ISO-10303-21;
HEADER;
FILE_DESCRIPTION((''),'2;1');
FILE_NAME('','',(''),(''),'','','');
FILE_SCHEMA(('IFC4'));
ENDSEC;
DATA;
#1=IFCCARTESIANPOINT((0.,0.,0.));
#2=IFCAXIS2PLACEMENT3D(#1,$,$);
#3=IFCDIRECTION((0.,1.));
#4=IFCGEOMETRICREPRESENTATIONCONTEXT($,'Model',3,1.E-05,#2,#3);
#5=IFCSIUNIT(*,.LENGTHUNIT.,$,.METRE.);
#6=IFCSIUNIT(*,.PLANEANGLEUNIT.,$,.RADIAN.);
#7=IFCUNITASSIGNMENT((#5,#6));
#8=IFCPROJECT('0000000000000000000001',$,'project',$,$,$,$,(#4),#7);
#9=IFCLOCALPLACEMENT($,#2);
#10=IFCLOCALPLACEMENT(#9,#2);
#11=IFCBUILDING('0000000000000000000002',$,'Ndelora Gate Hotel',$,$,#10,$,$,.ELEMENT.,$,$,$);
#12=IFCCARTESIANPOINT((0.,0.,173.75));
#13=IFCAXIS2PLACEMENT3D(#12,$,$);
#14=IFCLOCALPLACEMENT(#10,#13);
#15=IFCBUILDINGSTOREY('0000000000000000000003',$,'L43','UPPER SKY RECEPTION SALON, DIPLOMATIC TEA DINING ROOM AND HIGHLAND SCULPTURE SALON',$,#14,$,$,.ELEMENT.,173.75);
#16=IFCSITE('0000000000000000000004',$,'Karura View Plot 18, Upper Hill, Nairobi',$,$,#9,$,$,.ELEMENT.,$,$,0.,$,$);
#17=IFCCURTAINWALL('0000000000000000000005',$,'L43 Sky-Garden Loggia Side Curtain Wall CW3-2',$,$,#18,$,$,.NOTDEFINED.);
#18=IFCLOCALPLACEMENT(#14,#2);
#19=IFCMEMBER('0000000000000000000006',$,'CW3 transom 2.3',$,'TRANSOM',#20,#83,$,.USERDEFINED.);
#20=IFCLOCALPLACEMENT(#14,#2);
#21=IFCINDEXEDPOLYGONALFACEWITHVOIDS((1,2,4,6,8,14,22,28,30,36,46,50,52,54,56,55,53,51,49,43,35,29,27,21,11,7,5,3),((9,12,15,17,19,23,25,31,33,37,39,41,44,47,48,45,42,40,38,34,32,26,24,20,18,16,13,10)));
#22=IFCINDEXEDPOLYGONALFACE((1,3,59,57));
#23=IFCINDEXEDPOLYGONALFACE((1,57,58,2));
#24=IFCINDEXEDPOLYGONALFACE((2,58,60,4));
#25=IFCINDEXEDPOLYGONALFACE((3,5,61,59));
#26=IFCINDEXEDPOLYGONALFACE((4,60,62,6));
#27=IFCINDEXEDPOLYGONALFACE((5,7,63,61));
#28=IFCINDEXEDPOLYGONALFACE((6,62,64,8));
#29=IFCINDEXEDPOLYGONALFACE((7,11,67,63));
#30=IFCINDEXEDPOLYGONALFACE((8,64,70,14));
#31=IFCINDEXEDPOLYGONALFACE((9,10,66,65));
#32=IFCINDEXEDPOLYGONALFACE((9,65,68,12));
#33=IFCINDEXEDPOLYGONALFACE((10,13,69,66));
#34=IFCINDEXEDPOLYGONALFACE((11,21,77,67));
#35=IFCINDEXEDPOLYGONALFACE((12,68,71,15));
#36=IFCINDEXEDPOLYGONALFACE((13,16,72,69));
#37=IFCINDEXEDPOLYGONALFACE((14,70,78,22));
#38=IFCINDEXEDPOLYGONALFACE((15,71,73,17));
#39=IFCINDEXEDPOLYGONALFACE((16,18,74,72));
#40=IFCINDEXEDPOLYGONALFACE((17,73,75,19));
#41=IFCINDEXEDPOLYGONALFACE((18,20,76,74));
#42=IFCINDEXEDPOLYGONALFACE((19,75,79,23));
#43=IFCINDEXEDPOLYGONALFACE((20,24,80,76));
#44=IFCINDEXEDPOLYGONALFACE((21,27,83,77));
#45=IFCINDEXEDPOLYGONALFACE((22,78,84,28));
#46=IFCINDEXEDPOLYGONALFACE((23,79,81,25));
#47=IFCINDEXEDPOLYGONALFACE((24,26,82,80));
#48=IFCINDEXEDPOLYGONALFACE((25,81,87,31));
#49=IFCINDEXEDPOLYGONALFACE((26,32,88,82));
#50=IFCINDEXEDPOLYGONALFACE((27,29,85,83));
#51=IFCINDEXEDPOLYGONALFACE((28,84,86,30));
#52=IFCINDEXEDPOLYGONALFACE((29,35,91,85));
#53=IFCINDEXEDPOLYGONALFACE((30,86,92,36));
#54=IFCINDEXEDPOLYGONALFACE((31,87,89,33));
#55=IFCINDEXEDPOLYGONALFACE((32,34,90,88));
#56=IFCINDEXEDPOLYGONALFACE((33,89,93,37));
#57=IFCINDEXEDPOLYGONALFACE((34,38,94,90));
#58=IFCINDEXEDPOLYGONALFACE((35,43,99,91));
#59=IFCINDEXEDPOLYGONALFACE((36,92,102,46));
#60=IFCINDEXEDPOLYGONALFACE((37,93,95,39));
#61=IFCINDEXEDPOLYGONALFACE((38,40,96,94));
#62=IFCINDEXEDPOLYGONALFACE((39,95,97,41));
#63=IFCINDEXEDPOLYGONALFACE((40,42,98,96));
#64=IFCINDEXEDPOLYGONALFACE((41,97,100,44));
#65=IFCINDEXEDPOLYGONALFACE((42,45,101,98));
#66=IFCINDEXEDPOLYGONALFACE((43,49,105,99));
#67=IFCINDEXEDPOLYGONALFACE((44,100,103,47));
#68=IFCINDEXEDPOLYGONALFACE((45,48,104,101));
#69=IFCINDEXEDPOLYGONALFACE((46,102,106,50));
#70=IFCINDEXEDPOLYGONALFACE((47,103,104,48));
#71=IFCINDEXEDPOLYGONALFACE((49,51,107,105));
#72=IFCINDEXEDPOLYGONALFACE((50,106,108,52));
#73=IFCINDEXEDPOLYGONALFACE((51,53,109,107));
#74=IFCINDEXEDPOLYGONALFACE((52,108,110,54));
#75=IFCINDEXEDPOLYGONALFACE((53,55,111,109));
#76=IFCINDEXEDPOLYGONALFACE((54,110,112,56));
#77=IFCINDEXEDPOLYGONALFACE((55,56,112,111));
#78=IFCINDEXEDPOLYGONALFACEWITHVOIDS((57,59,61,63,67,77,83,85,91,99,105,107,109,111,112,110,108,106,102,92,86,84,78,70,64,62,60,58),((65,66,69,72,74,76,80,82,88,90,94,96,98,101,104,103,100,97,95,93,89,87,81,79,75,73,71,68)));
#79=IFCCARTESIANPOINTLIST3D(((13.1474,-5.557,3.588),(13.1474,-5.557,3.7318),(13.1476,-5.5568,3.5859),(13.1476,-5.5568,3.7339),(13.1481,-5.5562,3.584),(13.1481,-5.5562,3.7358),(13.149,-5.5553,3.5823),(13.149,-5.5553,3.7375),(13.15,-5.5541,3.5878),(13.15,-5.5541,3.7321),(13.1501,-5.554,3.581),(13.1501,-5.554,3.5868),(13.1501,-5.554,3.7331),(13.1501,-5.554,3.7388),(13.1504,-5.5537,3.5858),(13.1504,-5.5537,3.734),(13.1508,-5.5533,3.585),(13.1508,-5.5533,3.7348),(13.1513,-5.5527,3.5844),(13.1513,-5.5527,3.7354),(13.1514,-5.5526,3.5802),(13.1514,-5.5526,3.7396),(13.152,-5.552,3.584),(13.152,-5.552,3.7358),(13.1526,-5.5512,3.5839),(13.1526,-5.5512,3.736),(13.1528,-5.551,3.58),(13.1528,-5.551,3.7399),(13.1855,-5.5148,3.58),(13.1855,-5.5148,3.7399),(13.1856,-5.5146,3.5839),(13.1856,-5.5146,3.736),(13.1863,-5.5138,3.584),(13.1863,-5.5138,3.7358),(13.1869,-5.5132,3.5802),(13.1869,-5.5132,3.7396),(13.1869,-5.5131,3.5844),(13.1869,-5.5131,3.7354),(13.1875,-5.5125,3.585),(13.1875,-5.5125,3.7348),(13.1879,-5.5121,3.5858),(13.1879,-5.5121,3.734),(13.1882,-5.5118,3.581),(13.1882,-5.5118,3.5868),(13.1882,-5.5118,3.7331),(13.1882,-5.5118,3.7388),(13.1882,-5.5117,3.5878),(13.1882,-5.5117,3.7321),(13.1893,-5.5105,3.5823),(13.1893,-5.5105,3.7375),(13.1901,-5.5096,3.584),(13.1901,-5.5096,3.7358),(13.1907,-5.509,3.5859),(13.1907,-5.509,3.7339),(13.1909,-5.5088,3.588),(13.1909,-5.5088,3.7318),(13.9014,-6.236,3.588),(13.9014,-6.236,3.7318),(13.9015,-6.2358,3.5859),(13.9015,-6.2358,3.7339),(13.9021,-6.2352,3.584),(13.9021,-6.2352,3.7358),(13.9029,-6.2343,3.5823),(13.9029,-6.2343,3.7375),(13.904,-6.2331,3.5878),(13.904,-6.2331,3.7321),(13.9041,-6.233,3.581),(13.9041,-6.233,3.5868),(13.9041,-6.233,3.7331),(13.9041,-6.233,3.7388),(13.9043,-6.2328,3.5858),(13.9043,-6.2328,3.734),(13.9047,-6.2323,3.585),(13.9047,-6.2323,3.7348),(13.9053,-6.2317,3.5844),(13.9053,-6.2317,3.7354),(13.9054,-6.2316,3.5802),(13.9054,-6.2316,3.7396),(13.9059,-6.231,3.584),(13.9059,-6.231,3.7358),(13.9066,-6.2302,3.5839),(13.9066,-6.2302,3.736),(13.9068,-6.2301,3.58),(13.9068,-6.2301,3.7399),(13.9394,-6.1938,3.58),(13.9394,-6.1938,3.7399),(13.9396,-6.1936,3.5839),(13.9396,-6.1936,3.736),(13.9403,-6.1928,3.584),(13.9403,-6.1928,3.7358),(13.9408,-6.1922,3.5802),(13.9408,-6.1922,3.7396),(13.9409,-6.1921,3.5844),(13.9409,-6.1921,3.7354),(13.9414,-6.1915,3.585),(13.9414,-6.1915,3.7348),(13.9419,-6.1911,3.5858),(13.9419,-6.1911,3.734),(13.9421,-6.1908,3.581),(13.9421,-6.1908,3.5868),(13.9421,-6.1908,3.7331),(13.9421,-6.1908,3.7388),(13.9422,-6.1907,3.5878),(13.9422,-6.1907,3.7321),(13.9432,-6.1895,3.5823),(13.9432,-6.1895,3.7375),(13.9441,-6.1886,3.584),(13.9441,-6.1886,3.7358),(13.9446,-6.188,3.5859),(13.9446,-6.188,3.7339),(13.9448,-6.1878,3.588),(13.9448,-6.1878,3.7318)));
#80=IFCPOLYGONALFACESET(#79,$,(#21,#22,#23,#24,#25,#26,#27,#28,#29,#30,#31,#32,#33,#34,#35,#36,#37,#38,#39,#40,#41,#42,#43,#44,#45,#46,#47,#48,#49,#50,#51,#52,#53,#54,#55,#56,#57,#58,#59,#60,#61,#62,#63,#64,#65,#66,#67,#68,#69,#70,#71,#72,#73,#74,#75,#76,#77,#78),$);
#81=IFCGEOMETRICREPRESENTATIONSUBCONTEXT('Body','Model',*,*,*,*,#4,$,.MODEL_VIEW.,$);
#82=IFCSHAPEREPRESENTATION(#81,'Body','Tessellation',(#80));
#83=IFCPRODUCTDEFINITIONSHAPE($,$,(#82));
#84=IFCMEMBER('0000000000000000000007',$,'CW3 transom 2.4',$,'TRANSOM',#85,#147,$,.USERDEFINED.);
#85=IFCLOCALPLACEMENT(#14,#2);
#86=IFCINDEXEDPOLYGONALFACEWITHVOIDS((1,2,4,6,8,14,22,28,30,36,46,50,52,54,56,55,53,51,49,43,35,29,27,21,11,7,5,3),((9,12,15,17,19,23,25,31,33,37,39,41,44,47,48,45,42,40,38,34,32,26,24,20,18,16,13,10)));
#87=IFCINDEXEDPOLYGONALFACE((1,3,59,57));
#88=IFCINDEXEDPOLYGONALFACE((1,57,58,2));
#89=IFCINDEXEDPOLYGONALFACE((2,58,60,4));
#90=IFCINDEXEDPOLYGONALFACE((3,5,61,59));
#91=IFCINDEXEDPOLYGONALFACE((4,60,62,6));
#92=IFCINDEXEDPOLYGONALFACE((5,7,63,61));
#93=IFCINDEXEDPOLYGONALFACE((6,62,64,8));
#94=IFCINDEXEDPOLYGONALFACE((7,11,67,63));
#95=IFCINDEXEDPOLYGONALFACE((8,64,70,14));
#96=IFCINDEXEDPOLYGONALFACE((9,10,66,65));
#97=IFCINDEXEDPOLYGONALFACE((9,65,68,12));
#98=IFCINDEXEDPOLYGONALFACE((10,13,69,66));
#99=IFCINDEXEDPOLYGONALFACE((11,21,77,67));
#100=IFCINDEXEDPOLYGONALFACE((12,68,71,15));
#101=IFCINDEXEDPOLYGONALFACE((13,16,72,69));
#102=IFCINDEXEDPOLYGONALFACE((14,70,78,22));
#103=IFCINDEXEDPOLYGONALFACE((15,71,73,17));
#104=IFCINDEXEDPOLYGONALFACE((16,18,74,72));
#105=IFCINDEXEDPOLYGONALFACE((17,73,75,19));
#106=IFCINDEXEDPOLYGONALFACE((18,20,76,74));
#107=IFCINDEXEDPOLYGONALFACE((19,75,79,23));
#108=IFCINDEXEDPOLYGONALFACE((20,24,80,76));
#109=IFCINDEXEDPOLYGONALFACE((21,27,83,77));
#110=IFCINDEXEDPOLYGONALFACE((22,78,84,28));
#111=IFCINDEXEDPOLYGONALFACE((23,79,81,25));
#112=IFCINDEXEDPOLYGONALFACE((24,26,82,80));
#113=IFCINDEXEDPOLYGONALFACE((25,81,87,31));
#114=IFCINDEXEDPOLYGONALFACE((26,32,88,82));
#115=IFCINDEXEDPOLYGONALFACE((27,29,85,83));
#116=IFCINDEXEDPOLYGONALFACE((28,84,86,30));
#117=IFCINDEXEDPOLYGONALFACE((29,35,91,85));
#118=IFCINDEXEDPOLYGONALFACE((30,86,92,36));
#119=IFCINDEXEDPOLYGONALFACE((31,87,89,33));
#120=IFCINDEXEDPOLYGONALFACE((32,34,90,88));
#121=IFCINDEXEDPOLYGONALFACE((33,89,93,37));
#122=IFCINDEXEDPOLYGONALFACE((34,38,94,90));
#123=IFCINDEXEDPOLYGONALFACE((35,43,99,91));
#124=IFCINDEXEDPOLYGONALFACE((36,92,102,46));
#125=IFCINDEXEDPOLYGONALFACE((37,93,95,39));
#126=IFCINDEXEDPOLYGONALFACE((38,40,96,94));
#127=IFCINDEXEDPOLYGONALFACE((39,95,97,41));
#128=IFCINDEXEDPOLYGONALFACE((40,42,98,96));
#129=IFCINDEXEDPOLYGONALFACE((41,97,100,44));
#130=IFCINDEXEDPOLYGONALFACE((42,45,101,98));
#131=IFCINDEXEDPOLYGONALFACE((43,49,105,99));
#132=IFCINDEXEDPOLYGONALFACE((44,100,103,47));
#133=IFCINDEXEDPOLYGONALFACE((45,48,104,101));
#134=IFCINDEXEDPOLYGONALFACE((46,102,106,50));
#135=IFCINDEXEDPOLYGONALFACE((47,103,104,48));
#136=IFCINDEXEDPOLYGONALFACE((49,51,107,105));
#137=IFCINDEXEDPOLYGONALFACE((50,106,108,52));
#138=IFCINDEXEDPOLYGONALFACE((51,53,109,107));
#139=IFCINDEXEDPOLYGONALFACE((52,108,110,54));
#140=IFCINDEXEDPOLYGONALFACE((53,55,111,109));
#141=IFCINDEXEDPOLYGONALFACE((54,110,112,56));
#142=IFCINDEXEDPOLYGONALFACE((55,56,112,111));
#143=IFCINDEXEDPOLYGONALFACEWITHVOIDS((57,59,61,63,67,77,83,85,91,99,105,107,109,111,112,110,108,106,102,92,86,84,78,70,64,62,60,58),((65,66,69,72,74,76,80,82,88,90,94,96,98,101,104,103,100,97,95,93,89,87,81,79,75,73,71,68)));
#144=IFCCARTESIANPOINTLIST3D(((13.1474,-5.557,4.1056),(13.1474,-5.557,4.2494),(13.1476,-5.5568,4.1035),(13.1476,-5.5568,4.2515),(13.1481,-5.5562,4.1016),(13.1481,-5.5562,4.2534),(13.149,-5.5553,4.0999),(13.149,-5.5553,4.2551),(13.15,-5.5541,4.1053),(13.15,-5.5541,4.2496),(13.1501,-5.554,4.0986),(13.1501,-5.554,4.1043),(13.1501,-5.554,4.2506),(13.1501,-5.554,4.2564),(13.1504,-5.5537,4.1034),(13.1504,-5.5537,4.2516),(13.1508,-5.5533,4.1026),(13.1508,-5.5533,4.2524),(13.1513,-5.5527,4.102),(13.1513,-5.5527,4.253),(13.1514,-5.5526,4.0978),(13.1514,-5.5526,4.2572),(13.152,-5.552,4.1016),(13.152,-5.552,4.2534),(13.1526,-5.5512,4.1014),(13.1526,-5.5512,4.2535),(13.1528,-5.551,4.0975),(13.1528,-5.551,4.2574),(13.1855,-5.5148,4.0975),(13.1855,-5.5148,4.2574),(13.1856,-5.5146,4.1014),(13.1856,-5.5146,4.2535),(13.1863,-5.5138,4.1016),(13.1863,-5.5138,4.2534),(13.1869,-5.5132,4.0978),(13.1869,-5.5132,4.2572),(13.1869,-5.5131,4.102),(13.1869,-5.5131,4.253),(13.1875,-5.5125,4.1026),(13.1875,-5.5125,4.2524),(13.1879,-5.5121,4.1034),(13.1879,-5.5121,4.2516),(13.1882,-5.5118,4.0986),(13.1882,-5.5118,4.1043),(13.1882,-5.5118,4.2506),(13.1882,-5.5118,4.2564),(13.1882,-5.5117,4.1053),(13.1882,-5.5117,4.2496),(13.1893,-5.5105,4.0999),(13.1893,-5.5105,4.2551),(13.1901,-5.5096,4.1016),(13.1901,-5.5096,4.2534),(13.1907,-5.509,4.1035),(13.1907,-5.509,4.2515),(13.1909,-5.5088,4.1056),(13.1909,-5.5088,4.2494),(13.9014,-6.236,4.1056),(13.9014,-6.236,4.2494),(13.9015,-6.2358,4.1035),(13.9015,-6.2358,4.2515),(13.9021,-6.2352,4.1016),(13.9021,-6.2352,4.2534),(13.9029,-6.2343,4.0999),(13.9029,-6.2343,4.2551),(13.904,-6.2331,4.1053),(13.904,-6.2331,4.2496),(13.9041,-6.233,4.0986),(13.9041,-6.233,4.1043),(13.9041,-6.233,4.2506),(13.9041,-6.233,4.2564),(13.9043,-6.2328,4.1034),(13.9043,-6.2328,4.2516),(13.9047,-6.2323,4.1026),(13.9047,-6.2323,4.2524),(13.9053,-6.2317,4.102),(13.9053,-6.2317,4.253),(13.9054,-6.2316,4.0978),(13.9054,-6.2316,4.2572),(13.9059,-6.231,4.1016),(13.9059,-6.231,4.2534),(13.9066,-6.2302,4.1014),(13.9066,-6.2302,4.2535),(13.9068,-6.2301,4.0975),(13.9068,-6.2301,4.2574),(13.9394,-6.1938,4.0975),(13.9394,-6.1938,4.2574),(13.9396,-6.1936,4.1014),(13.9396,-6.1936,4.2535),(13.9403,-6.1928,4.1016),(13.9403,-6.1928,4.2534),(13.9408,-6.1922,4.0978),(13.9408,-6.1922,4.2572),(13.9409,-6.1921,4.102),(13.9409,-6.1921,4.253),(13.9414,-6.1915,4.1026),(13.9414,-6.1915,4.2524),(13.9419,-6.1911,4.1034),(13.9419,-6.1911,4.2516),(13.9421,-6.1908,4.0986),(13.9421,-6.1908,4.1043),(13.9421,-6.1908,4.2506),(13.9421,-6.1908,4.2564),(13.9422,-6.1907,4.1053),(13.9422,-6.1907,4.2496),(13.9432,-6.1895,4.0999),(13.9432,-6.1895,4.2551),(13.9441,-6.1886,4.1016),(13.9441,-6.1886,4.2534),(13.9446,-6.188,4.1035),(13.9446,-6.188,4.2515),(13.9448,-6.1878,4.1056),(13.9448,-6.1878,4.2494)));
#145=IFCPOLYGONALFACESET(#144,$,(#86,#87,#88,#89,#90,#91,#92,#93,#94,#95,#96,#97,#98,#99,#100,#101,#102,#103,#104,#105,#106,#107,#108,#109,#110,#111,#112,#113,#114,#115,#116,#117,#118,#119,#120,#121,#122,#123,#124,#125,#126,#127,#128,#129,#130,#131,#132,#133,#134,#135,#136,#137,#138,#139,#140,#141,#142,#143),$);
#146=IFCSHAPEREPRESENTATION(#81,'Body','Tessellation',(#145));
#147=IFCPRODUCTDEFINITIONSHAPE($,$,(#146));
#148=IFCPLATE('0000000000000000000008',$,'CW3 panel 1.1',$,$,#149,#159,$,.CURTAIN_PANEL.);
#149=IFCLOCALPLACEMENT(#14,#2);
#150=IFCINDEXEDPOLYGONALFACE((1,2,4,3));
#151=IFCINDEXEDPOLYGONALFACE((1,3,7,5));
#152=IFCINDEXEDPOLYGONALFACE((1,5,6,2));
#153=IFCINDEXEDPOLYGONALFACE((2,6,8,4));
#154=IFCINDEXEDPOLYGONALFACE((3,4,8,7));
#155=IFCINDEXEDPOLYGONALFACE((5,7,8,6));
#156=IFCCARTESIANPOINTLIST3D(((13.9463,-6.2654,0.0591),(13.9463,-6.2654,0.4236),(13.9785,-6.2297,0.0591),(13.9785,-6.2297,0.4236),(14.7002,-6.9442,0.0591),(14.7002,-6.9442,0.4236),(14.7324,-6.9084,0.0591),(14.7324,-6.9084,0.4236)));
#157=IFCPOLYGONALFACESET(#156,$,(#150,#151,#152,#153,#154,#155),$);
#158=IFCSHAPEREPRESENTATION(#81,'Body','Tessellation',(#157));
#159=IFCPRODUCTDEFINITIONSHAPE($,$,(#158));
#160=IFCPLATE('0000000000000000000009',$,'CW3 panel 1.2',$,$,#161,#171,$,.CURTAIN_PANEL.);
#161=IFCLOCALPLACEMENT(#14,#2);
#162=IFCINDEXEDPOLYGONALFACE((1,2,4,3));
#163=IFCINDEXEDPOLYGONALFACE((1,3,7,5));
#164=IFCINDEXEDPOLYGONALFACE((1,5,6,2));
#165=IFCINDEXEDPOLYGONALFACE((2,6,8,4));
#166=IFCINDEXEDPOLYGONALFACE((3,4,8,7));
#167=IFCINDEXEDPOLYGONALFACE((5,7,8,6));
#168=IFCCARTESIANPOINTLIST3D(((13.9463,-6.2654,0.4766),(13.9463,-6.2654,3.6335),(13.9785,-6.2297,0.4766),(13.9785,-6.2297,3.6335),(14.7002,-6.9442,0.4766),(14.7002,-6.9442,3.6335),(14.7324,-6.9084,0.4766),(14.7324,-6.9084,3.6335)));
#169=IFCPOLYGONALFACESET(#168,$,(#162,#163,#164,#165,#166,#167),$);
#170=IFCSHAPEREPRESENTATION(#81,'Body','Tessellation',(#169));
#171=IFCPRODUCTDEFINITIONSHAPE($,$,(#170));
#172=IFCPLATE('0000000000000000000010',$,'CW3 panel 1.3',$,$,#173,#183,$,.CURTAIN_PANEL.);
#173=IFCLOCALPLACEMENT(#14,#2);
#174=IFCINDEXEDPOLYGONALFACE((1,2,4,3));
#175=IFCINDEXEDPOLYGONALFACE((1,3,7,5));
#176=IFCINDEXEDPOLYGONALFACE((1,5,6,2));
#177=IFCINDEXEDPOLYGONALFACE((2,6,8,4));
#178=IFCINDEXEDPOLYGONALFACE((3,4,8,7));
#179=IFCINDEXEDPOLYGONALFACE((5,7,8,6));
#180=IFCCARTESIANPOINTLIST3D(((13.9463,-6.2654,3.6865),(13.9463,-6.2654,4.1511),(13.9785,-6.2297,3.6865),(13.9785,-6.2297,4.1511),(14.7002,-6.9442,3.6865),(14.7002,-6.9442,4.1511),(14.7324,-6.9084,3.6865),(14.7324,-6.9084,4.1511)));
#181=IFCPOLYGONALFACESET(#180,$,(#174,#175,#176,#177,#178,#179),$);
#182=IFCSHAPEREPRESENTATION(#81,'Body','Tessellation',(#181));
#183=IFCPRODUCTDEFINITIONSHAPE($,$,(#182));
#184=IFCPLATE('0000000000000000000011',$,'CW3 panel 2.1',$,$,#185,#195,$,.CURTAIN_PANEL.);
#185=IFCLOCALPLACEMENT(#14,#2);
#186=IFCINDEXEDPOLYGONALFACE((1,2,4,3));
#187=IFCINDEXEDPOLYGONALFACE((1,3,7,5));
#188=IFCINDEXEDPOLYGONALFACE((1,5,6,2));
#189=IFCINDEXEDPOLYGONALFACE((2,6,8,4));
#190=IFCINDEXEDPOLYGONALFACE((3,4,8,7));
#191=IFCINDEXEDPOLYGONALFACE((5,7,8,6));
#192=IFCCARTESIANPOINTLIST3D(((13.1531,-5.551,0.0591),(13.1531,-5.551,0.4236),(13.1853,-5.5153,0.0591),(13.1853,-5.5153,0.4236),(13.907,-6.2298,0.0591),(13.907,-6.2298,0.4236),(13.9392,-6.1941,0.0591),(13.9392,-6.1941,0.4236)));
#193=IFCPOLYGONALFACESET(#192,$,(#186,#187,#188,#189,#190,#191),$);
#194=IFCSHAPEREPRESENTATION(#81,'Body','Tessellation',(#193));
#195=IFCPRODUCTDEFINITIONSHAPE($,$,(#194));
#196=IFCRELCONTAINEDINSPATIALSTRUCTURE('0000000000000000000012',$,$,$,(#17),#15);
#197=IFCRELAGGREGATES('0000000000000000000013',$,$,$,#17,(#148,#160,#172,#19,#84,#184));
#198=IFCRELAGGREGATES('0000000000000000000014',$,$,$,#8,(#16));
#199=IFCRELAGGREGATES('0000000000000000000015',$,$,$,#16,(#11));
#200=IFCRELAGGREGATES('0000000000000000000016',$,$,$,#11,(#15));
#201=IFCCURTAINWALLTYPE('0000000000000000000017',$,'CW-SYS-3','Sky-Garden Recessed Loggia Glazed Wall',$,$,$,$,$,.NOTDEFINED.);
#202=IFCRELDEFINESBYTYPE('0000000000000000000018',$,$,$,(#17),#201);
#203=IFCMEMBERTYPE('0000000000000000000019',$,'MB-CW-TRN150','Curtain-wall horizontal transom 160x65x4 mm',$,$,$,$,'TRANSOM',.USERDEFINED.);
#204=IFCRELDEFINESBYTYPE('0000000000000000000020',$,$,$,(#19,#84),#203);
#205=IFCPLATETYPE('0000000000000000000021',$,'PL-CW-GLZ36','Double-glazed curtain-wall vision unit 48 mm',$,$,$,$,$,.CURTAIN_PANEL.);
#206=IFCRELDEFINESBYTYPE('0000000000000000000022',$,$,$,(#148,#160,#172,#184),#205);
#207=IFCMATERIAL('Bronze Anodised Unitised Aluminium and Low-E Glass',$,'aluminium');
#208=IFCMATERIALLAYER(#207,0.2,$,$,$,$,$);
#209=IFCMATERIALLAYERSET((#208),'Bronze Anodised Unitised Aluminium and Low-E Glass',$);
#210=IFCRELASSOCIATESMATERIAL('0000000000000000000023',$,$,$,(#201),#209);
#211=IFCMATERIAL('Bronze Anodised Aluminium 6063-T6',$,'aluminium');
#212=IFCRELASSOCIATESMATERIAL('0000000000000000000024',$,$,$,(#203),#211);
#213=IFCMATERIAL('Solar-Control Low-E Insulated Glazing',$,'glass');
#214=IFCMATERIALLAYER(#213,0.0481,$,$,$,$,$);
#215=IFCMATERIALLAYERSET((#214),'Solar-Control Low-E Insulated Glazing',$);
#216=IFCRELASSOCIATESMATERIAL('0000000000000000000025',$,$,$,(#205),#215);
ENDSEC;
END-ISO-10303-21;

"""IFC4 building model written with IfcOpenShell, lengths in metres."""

from ifc_helpers import new_model, si_unit, direction, frame, origin, origin_2d, place, context, subcontext, project, spatial, rectangle, hollow_rectangle, extrude, material, layer, layer_set, material_profile, profile_set, type_object, element, aggregate, save


model = new_model("IFC4")

# Units and contexts
model_context = context("Model", 3, precision=1e-05, world=origin(), true_north=direction((0.0, 1.0)))
body_context = subcontext(model_context, "Body", "Model", "MODEL_VIEW")
ifc_project = project(units=[si_unit("LENGTHUNIT", "METRE"), si_unit("PLANEANGLEUNIT", "RADIAN")], contexts=[model_context])

# Site, building, storey
site_placement = place(None, origin())
site = spatial("IfcSite", under=ifc_project, at=site_placement, Name="Karura View Plot 18, Upper Hill, Nairobi", CompositionType="ELEMENT", RefElevation=0.0)
building_placement = place(site_placement, origin())
building = spatial("IfcBuilding", under=site, at=building_placement, Name="Ndelora Gate Hotel", CompositionType="ELEMENT")
storey_placement = place(building_placement, frame((0.0, 0.0, 173.75)))
storey = spatial("IfcBuildingStorey", under=building, at=storey_placement, Name="L43", Description="UPPER SKY RECEPTION SALON, DIPLOMATIC TEA DINING ROOM AND HIGHLAND SCULPTURE SALON", CompositionType="ELEMENT", Elevation=173.75)

# Curtain wall, members, plates
ifc_material_1 = material(Name="Bronze Anodised Unitised Aluminium and Low-E Glass", Category="aluminium")
ifc_layer_1 = layer(ifc_material_1, 0.2)
ifc_layer_set_1 = layer_set([ifc_layer_1], Name="Bronze Anodised Unitised Aluminium and Low-E Glass")
curtain_wall_type = type_object("IfcCurtainWallType", Name="CW-SYS-3", Description="Sky-Garden Recessed Loggia Glazed Wall", PredefinedType="NOTDEFINED", material=ifc_layer_set_1)
curtain_wall_placement = place(storey_placement, origin())
curtain_wall = element("IfcCurtainWall", 1, at=curtain_wall_placement, inside=storey, type_object=curtain_wall_type, Name="L43 Sky-Garden Loggia Side Curtain Wall CW3-2", PredefinedType="NOTDEFINED")
ifc_material_2 = material(Name="Bronze Anodised Aluminium 6063-T6", Category="aluminium")
ifc_material_profile_1 = material_profile(ifc_material_2, hollow_rectangle(XDim=0.0649, YDim=0.1599, WallThickness=0.0039, InnerFilletRadius=0.0039, OuterFilletRadius=0.0081, at=origin_2d()), Name="ALU 160x65x4")
ifc_profile_set_1 = profile_set([ifc_material_profile_1], Name="Bronze Anodised Aluminium 6063-T6")
member_type_1 = type_object("IfcMemberType", Name="MB-CW-TRN150", Description="Curtain-wall horizontal transom 160x65x4 mm", ElementType="TRANSOM", PredefinedType="USERDEFINED", material=ifc_profile_set_1)
member_1_placement = place(storey_placement, frame((13.9231, -6.2119, 3.6599), z_axis=(-0.743079, 0.669204, 0.0), x_axis=(-0.669204, -0.743079, 0.0)))
member_1 = element("IfcMember", 2, at=member_1_placement, type_object=member_type_1, Name="CW3 transom 2.3", ObjectType="TRANSOM", PredefinedType="USERDEFINED", context=body_context, shape_type="SweptSolid", body=[
    extrude(hollow_rectangle(XDim=0.0649, YDim=0.1599, WallThickness=0.0039, InnerFilletRadius=0.0039, OuterFilletRadius=0.0081, at=origin_2d()), origin(), (0.0, 0.0, 1.0), 1.0146),
])
member_2_placement = place(storey_placement, frame((13.9231, -6.2119, 4.1775), z_axis=(-0.743079, 0.669204, 0.0), x_axis=(-0.669204, -0.743079, 0.0)))
member_2 = element("IfcMember", 3, at=member_2_placement, type_object=member_type_1, Name="CW3 transom 2.4", ObjectType="TRANSOM", PredefinedType="USERDEFINED", context=body_context, shape_type="SweptSolid", body=[
    extrude(hollow_rectangle(XDim=0.0649, YDim=0.1599, WallThickness=0.0039, InnerFilletRadius=0.0039, OuterFilletRadius=0.0081, at=origin_2d()), origin(), (0.0, 0.0, 1.0), 1.0146),
])
ifc_material_3 = material(Name="Solar-Control Low-E Insulated Glazing", Category="glass")
ifc_layer_2 = layer(ifc_material_3, 0.0481)
ifc_layer_set_2 = layer_set([ifc_layer_2], Name="Solar-Control Low-E Insulated Glazing")
plate_type = type_object("IfcPlateType", Name="PL-CW-GLZ36", Description="Double-glazed curtain-wall vision unit 48 mm", PredefinedType="CURTAIN_PANEL", material=ifc_layer_set_2)
plate_1_placement = place(storey_placement, frame((14.3394, -6.5869, 0.0591), z_axis=(0.0, 0.0, 1.0), x_axis=(-0.743138, 0.669138, 0.0)))
plate_1 = element("IfcPlate", 4, at=plate_1_placement, type_object=plate_type, Name="CW3 panel 1.1", PredefinedType="CURTAIN_PANEL", context=body_context, shape_type="SweptSolid", body=[
    extrude(rectangle(XDim=1.0144, YDim=0.0481, at=origin_2d()), origin(), (0.0, 0.0, 1.0), 0.3645),
])
plate_2_placement = place(storey_placement, frame((14.3394, -6.5869, 0.4766), z_axis=(0.0, 0.0, 1.0), x_axis=(-0.743138, 0.669138, 0.0)))
plate_2 = element("IfcPlate", 5, at=plate_2_placement, type_object=plate_type, Name="CW3 panel 1.2", PredefinedType="CURTAIN_PANEL", context=body_context, shape_type="SweptSolid", body=[
    extrude(rectangle(XDim=1.0144, YDim=0.0481, at=origin_2d()), origin(), (0.0, 0.0, 1.0), 3.157),
])
plate_3_placement = place(storey_placement, frame((14.3394, -6.5869, 3.6865), z_axis=(0.0, 0.0, 1.0), x_axis=(-0.743138, 0.669138, 0.0)))
plate_3 = element("IfcPlate", 6, at=plate_3_placement, type_object=plate_type, Name="CW3 panel 1.3", PredefinedType="CURTAIN_PANEL", context=body_context, shape_type="SweptSolid", body=[
    extrude(rectangle(XDim=1.0144, YDim=0.0481, at=origin_2d()), origin(), (0.0, 0.0, 1.0), 0.4646),
])
plate_4_placement = place(storey_placement, frame((13.5461, -5.8726, 0.0591), z_axis=(0.0, 0.0, 1.0), x_axis=(-0.743138, 0.669138, 0.0)))
plate_4 = element("IfcPlate", 7, at=plate_4_placement, type_object=plate_type, Name="CW3 panel 2.1", PredefinedType="CURTAIN_PANEL", context=body_context, shape_type="SweptSolid", body=[
    extrude(rectangle(XDim=1.0144, YDim=0.0481, at=origin_2d()), origin(), (0.0, 0.0, 1.0), 0.3645),
])
aggregate(curtain_wall, [plate_1, plate_2, plate_3, member_1, member_2, plate_4])

save(model, "model.ifc")
